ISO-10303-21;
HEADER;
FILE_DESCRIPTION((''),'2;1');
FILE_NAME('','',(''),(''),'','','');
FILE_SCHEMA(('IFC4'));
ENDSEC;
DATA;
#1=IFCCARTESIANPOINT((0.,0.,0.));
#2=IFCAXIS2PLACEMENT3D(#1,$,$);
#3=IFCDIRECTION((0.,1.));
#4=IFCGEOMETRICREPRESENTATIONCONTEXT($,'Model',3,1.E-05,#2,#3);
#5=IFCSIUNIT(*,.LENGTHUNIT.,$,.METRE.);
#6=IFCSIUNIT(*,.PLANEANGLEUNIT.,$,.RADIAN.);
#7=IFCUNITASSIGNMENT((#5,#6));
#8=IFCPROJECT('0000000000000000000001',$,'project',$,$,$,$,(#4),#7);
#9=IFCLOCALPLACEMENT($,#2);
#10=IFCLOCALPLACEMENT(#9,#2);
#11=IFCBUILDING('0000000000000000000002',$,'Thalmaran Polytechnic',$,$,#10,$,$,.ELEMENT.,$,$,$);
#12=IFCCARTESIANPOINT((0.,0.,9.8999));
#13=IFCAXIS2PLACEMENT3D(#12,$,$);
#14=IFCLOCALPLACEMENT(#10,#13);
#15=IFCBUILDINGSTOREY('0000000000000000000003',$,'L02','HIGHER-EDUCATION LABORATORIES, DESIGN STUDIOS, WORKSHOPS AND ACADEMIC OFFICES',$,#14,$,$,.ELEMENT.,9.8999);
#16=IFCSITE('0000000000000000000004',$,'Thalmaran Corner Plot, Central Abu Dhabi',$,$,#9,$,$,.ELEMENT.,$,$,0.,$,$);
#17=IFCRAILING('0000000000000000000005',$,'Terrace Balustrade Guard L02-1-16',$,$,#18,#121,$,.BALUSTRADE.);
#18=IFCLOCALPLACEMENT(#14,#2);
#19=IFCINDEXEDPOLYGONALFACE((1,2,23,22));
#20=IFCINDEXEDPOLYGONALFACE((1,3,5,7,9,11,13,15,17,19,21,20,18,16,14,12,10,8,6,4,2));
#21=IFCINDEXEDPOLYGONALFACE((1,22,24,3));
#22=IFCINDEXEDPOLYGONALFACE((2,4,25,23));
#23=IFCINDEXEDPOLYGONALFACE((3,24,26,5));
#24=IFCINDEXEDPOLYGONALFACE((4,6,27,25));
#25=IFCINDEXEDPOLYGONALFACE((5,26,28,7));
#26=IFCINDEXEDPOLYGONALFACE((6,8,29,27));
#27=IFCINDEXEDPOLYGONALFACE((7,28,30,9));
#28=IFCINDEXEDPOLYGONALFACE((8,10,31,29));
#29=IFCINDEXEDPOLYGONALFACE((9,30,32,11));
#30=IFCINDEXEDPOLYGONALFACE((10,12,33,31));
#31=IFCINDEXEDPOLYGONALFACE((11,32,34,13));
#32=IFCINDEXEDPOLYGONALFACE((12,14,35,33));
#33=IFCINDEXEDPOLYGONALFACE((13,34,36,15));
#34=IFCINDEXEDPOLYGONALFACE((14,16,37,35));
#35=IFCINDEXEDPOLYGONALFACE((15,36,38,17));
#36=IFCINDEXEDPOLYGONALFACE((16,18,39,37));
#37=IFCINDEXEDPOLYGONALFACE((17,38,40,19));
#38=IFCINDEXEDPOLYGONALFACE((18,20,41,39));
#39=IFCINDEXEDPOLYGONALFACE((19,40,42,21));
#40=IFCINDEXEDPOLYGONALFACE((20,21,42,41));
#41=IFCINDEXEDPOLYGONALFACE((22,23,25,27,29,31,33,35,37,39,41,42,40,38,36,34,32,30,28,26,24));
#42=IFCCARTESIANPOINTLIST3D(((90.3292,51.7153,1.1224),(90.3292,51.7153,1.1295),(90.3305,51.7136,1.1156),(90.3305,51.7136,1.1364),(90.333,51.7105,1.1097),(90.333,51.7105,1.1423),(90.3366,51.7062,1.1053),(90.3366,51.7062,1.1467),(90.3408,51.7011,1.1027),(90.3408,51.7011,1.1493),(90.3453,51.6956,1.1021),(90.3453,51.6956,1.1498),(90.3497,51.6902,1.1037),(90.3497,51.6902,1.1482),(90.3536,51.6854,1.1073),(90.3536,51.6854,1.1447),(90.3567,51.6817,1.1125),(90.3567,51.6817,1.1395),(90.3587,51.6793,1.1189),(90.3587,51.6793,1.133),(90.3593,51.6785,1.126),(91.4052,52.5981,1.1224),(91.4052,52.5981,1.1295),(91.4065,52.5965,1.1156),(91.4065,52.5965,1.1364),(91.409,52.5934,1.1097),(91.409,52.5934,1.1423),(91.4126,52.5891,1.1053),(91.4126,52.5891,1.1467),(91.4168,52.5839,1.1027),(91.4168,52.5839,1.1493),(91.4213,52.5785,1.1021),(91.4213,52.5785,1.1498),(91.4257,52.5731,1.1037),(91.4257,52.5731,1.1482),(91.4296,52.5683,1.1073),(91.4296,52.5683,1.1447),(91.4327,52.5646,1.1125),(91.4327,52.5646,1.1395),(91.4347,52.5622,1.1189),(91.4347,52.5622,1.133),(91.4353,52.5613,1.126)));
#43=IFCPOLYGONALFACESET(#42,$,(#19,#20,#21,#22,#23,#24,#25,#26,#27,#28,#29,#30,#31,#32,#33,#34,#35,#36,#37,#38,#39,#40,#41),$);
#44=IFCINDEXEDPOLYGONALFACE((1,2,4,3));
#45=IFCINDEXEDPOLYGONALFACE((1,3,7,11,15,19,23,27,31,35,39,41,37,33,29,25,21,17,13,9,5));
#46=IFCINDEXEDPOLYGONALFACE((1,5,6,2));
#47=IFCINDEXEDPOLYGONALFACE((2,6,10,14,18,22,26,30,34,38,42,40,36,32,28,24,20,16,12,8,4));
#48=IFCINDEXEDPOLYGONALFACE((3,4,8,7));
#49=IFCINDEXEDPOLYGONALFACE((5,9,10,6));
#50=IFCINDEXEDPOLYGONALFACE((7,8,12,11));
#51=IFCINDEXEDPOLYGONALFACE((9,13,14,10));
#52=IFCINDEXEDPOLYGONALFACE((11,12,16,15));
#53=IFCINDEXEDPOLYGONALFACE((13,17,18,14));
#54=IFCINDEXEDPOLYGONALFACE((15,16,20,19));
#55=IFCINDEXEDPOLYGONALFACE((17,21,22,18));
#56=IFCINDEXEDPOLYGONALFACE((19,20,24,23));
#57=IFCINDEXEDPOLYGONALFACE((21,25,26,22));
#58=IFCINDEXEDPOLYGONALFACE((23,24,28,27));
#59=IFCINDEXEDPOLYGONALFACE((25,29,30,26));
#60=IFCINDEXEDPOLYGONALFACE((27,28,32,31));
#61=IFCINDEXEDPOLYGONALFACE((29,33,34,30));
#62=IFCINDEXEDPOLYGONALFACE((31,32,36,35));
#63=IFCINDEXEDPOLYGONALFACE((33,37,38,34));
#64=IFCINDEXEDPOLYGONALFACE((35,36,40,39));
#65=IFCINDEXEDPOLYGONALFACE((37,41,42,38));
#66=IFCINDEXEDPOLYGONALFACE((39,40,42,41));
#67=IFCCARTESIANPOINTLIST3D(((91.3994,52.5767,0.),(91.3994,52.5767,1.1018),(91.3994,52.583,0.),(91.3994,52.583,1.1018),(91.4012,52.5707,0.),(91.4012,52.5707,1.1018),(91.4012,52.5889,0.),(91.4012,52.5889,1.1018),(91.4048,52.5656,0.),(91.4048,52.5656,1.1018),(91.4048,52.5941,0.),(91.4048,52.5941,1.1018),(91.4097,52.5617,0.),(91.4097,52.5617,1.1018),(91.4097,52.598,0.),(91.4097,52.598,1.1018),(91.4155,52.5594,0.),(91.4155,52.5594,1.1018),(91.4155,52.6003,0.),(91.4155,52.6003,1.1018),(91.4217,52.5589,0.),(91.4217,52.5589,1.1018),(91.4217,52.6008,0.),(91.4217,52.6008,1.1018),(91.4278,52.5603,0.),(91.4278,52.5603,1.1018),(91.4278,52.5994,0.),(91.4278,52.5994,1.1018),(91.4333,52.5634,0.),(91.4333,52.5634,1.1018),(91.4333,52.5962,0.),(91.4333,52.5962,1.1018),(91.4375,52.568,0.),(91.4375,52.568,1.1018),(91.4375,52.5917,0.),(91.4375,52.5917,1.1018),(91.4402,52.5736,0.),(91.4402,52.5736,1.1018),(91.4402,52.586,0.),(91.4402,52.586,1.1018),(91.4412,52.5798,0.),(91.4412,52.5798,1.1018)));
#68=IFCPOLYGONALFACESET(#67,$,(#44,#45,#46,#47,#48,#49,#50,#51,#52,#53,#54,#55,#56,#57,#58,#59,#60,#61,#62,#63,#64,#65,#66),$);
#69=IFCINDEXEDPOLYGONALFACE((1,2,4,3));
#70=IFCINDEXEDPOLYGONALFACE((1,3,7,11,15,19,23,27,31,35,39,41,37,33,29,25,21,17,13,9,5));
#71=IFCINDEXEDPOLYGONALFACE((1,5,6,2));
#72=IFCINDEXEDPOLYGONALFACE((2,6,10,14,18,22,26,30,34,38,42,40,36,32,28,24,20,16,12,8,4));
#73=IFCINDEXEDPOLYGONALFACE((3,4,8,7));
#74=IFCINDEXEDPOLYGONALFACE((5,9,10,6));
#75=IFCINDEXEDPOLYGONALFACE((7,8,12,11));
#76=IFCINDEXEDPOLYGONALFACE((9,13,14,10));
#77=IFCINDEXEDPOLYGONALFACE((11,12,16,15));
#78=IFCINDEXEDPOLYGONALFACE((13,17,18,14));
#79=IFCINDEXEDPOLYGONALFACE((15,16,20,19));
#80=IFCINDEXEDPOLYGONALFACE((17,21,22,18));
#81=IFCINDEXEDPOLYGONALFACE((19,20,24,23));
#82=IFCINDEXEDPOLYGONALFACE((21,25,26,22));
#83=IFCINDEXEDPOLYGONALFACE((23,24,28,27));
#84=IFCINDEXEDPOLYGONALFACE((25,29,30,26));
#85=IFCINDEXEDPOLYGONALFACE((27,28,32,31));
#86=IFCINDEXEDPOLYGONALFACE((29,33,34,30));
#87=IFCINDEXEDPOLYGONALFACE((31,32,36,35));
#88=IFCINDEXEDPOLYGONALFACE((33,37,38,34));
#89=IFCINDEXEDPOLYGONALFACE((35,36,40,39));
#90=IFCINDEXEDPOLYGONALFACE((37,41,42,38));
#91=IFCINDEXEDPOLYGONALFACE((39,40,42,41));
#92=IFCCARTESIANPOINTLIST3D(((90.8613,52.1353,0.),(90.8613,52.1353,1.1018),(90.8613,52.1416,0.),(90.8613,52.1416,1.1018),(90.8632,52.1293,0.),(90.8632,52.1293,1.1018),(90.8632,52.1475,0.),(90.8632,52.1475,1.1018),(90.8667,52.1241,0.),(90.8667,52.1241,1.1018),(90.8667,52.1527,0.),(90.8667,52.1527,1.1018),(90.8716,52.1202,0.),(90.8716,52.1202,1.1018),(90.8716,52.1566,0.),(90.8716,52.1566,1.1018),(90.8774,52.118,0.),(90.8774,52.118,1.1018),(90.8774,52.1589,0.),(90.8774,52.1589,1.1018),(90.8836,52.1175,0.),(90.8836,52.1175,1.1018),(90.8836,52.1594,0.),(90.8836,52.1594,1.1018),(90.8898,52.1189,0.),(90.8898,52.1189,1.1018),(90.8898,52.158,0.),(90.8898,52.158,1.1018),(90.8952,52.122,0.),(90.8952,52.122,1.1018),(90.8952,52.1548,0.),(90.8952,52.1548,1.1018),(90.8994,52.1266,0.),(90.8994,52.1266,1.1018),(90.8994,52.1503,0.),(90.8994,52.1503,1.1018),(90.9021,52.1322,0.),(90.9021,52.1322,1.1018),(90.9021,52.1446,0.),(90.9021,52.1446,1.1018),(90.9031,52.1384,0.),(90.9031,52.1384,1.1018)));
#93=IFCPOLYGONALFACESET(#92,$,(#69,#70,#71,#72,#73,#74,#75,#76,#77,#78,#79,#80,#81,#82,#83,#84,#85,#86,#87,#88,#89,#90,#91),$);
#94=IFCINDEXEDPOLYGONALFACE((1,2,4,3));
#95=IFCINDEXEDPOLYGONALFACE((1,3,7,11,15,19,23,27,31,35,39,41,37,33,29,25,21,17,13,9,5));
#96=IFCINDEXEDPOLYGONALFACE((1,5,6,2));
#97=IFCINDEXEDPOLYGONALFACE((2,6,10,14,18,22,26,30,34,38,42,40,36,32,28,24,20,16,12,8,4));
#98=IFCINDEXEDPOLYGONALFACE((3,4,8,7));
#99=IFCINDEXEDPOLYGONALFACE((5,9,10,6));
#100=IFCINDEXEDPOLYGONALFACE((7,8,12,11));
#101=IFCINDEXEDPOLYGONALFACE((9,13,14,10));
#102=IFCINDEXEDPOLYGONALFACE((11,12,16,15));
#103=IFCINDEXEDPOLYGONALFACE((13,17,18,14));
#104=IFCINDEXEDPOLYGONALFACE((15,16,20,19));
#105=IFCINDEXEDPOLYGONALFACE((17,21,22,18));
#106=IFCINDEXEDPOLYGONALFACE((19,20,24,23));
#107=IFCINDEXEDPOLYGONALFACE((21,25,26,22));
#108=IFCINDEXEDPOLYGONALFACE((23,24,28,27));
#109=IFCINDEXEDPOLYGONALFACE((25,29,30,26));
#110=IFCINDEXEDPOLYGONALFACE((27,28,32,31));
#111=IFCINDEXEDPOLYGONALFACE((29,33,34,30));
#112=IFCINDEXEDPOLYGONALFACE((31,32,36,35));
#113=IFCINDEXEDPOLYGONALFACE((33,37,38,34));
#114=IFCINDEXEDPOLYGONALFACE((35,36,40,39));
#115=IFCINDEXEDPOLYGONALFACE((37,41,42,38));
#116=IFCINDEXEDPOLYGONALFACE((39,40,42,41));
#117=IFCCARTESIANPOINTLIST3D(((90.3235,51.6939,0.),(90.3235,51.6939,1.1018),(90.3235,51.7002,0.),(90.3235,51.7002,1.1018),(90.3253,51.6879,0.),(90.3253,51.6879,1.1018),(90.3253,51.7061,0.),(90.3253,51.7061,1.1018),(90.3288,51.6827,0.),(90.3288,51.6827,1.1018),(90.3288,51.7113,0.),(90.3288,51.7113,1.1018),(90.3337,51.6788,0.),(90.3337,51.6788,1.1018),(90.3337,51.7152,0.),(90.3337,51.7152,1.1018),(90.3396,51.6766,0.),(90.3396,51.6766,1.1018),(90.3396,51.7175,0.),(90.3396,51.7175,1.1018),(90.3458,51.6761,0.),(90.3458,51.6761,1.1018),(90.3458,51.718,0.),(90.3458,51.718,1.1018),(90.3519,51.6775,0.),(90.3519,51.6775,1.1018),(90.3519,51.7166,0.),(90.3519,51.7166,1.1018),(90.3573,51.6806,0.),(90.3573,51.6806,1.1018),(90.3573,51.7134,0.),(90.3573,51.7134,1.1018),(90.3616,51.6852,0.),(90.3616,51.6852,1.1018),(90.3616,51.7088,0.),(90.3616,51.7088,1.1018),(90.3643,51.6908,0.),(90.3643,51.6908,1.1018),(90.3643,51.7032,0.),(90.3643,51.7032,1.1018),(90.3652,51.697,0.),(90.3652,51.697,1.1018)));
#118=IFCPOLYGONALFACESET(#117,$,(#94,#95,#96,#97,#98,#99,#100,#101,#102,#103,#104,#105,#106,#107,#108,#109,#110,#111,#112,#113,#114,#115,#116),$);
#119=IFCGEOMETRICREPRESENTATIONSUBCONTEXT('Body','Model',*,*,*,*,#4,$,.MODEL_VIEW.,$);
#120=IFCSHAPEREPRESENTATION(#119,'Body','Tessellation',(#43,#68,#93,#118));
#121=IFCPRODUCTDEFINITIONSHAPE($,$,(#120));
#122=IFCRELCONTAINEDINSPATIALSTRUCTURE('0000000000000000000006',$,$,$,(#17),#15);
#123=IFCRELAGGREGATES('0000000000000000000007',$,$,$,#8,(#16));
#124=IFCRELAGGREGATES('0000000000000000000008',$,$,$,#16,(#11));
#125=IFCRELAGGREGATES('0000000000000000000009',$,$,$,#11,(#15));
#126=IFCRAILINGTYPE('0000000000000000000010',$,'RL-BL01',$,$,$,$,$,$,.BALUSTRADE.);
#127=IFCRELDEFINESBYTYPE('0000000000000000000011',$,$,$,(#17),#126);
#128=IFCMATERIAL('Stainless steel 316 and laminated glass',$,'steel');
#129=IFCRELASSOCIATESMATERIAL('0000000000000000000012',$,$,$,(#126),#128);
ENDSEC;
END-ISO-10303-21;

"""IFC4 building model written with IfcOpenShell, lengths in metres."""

from ifc_helpers import new_model, si_unit, direction, frame, origin, origin_2d, place, context, subcontext, project, spatial, circle, extrude, material, type_object, element, save


model = new_model("IFC4")

# Units and contexts
model_context = context("Model", 3, precision=1e-05, world=origin(), true_north=direction((0.0, 1.0)))
body_context = subcontext(model_context, "Body", "Model", "MODEL_VIEW")
ifc_project = project(units=[si_unit("LENGTHUNIT", "METRE"), si_unit("PLANEANGLEUNIT", "RADIAN")], contexts=[model_context])

# Site, building, storey
site_placement = place(None, origin())
site = spatial("IfcSite", under=ifc_project, at=site_placement, Name="Thalmaran Corner Plot, Central Abu Dhabi", CompositionType="ELEMENT", RefElevation=0.0)
building_placement = place(site_placement, origin())
building = spatial("IfcBuilding", under=site, at=building_placement, Name="Thalmaran Polytechnic", CompositionType="ELEMENT")
storey_placement = place(building_placement, frame((0.0, 0.0, 9.8999)))
storey = spatial("IfcBuildingStorey", under=building, at=storey_placement, Name="L02", Description="HIGHER-EDUCATION LABORATORIES, DESIGN STUDIOS, WORKSHOPS AND ACADEMIC OFFICES", CompositionType="ELEMENT", Elevation=9.8999)

# Railing
ifc_material = material(Name="Stainless steel 316 and laminated glass", Category="steel")
railing_type = type_object("IfcRailingType", Name="RL-BL01", PredefinedType="BALUSTRADE", material=ifc_material)
railing_1_placement = place(storey_placement, frame((91.4202, 52.5798, 0.0)))
element("IfcRailing", 1, at=railing_1_placement, inside=storey, type_object=railing_type, Name="Terrace Balustrade Guard L02-1-16", PredefinedType="BALUSTRADE", context=body_context, shape_type="SweptSolid", body=[
    extrude(circle(Radius=0.0239, at=origin_2d()), frame((0.0, 0.0, 1.126), z_axis=(-0.773073, -0.634317, 0.0), x_axis=(0.634317, -0.773073, 0.0)), (0.0, 0.0, 1.0), 1.3918),
    extrude(circle(Radius=0.021, at=origin_2d()), origin(), (0.0, 0.0, 1.0), 1.1018),
    extrude(circle(Radius=0.021, at=origin_2d()), frame((-0.5381, -0.4414, 0.0)), (0.0, 0.0, 1.0), 1.1018),
    extrude(circle(Radius=0.021, at=origin_2d()), frame((-1.0759, -0.8828, 0.0)), (0.0, 0.0, 1.0), 1.1018),
])

save(model, "model.ifc")
